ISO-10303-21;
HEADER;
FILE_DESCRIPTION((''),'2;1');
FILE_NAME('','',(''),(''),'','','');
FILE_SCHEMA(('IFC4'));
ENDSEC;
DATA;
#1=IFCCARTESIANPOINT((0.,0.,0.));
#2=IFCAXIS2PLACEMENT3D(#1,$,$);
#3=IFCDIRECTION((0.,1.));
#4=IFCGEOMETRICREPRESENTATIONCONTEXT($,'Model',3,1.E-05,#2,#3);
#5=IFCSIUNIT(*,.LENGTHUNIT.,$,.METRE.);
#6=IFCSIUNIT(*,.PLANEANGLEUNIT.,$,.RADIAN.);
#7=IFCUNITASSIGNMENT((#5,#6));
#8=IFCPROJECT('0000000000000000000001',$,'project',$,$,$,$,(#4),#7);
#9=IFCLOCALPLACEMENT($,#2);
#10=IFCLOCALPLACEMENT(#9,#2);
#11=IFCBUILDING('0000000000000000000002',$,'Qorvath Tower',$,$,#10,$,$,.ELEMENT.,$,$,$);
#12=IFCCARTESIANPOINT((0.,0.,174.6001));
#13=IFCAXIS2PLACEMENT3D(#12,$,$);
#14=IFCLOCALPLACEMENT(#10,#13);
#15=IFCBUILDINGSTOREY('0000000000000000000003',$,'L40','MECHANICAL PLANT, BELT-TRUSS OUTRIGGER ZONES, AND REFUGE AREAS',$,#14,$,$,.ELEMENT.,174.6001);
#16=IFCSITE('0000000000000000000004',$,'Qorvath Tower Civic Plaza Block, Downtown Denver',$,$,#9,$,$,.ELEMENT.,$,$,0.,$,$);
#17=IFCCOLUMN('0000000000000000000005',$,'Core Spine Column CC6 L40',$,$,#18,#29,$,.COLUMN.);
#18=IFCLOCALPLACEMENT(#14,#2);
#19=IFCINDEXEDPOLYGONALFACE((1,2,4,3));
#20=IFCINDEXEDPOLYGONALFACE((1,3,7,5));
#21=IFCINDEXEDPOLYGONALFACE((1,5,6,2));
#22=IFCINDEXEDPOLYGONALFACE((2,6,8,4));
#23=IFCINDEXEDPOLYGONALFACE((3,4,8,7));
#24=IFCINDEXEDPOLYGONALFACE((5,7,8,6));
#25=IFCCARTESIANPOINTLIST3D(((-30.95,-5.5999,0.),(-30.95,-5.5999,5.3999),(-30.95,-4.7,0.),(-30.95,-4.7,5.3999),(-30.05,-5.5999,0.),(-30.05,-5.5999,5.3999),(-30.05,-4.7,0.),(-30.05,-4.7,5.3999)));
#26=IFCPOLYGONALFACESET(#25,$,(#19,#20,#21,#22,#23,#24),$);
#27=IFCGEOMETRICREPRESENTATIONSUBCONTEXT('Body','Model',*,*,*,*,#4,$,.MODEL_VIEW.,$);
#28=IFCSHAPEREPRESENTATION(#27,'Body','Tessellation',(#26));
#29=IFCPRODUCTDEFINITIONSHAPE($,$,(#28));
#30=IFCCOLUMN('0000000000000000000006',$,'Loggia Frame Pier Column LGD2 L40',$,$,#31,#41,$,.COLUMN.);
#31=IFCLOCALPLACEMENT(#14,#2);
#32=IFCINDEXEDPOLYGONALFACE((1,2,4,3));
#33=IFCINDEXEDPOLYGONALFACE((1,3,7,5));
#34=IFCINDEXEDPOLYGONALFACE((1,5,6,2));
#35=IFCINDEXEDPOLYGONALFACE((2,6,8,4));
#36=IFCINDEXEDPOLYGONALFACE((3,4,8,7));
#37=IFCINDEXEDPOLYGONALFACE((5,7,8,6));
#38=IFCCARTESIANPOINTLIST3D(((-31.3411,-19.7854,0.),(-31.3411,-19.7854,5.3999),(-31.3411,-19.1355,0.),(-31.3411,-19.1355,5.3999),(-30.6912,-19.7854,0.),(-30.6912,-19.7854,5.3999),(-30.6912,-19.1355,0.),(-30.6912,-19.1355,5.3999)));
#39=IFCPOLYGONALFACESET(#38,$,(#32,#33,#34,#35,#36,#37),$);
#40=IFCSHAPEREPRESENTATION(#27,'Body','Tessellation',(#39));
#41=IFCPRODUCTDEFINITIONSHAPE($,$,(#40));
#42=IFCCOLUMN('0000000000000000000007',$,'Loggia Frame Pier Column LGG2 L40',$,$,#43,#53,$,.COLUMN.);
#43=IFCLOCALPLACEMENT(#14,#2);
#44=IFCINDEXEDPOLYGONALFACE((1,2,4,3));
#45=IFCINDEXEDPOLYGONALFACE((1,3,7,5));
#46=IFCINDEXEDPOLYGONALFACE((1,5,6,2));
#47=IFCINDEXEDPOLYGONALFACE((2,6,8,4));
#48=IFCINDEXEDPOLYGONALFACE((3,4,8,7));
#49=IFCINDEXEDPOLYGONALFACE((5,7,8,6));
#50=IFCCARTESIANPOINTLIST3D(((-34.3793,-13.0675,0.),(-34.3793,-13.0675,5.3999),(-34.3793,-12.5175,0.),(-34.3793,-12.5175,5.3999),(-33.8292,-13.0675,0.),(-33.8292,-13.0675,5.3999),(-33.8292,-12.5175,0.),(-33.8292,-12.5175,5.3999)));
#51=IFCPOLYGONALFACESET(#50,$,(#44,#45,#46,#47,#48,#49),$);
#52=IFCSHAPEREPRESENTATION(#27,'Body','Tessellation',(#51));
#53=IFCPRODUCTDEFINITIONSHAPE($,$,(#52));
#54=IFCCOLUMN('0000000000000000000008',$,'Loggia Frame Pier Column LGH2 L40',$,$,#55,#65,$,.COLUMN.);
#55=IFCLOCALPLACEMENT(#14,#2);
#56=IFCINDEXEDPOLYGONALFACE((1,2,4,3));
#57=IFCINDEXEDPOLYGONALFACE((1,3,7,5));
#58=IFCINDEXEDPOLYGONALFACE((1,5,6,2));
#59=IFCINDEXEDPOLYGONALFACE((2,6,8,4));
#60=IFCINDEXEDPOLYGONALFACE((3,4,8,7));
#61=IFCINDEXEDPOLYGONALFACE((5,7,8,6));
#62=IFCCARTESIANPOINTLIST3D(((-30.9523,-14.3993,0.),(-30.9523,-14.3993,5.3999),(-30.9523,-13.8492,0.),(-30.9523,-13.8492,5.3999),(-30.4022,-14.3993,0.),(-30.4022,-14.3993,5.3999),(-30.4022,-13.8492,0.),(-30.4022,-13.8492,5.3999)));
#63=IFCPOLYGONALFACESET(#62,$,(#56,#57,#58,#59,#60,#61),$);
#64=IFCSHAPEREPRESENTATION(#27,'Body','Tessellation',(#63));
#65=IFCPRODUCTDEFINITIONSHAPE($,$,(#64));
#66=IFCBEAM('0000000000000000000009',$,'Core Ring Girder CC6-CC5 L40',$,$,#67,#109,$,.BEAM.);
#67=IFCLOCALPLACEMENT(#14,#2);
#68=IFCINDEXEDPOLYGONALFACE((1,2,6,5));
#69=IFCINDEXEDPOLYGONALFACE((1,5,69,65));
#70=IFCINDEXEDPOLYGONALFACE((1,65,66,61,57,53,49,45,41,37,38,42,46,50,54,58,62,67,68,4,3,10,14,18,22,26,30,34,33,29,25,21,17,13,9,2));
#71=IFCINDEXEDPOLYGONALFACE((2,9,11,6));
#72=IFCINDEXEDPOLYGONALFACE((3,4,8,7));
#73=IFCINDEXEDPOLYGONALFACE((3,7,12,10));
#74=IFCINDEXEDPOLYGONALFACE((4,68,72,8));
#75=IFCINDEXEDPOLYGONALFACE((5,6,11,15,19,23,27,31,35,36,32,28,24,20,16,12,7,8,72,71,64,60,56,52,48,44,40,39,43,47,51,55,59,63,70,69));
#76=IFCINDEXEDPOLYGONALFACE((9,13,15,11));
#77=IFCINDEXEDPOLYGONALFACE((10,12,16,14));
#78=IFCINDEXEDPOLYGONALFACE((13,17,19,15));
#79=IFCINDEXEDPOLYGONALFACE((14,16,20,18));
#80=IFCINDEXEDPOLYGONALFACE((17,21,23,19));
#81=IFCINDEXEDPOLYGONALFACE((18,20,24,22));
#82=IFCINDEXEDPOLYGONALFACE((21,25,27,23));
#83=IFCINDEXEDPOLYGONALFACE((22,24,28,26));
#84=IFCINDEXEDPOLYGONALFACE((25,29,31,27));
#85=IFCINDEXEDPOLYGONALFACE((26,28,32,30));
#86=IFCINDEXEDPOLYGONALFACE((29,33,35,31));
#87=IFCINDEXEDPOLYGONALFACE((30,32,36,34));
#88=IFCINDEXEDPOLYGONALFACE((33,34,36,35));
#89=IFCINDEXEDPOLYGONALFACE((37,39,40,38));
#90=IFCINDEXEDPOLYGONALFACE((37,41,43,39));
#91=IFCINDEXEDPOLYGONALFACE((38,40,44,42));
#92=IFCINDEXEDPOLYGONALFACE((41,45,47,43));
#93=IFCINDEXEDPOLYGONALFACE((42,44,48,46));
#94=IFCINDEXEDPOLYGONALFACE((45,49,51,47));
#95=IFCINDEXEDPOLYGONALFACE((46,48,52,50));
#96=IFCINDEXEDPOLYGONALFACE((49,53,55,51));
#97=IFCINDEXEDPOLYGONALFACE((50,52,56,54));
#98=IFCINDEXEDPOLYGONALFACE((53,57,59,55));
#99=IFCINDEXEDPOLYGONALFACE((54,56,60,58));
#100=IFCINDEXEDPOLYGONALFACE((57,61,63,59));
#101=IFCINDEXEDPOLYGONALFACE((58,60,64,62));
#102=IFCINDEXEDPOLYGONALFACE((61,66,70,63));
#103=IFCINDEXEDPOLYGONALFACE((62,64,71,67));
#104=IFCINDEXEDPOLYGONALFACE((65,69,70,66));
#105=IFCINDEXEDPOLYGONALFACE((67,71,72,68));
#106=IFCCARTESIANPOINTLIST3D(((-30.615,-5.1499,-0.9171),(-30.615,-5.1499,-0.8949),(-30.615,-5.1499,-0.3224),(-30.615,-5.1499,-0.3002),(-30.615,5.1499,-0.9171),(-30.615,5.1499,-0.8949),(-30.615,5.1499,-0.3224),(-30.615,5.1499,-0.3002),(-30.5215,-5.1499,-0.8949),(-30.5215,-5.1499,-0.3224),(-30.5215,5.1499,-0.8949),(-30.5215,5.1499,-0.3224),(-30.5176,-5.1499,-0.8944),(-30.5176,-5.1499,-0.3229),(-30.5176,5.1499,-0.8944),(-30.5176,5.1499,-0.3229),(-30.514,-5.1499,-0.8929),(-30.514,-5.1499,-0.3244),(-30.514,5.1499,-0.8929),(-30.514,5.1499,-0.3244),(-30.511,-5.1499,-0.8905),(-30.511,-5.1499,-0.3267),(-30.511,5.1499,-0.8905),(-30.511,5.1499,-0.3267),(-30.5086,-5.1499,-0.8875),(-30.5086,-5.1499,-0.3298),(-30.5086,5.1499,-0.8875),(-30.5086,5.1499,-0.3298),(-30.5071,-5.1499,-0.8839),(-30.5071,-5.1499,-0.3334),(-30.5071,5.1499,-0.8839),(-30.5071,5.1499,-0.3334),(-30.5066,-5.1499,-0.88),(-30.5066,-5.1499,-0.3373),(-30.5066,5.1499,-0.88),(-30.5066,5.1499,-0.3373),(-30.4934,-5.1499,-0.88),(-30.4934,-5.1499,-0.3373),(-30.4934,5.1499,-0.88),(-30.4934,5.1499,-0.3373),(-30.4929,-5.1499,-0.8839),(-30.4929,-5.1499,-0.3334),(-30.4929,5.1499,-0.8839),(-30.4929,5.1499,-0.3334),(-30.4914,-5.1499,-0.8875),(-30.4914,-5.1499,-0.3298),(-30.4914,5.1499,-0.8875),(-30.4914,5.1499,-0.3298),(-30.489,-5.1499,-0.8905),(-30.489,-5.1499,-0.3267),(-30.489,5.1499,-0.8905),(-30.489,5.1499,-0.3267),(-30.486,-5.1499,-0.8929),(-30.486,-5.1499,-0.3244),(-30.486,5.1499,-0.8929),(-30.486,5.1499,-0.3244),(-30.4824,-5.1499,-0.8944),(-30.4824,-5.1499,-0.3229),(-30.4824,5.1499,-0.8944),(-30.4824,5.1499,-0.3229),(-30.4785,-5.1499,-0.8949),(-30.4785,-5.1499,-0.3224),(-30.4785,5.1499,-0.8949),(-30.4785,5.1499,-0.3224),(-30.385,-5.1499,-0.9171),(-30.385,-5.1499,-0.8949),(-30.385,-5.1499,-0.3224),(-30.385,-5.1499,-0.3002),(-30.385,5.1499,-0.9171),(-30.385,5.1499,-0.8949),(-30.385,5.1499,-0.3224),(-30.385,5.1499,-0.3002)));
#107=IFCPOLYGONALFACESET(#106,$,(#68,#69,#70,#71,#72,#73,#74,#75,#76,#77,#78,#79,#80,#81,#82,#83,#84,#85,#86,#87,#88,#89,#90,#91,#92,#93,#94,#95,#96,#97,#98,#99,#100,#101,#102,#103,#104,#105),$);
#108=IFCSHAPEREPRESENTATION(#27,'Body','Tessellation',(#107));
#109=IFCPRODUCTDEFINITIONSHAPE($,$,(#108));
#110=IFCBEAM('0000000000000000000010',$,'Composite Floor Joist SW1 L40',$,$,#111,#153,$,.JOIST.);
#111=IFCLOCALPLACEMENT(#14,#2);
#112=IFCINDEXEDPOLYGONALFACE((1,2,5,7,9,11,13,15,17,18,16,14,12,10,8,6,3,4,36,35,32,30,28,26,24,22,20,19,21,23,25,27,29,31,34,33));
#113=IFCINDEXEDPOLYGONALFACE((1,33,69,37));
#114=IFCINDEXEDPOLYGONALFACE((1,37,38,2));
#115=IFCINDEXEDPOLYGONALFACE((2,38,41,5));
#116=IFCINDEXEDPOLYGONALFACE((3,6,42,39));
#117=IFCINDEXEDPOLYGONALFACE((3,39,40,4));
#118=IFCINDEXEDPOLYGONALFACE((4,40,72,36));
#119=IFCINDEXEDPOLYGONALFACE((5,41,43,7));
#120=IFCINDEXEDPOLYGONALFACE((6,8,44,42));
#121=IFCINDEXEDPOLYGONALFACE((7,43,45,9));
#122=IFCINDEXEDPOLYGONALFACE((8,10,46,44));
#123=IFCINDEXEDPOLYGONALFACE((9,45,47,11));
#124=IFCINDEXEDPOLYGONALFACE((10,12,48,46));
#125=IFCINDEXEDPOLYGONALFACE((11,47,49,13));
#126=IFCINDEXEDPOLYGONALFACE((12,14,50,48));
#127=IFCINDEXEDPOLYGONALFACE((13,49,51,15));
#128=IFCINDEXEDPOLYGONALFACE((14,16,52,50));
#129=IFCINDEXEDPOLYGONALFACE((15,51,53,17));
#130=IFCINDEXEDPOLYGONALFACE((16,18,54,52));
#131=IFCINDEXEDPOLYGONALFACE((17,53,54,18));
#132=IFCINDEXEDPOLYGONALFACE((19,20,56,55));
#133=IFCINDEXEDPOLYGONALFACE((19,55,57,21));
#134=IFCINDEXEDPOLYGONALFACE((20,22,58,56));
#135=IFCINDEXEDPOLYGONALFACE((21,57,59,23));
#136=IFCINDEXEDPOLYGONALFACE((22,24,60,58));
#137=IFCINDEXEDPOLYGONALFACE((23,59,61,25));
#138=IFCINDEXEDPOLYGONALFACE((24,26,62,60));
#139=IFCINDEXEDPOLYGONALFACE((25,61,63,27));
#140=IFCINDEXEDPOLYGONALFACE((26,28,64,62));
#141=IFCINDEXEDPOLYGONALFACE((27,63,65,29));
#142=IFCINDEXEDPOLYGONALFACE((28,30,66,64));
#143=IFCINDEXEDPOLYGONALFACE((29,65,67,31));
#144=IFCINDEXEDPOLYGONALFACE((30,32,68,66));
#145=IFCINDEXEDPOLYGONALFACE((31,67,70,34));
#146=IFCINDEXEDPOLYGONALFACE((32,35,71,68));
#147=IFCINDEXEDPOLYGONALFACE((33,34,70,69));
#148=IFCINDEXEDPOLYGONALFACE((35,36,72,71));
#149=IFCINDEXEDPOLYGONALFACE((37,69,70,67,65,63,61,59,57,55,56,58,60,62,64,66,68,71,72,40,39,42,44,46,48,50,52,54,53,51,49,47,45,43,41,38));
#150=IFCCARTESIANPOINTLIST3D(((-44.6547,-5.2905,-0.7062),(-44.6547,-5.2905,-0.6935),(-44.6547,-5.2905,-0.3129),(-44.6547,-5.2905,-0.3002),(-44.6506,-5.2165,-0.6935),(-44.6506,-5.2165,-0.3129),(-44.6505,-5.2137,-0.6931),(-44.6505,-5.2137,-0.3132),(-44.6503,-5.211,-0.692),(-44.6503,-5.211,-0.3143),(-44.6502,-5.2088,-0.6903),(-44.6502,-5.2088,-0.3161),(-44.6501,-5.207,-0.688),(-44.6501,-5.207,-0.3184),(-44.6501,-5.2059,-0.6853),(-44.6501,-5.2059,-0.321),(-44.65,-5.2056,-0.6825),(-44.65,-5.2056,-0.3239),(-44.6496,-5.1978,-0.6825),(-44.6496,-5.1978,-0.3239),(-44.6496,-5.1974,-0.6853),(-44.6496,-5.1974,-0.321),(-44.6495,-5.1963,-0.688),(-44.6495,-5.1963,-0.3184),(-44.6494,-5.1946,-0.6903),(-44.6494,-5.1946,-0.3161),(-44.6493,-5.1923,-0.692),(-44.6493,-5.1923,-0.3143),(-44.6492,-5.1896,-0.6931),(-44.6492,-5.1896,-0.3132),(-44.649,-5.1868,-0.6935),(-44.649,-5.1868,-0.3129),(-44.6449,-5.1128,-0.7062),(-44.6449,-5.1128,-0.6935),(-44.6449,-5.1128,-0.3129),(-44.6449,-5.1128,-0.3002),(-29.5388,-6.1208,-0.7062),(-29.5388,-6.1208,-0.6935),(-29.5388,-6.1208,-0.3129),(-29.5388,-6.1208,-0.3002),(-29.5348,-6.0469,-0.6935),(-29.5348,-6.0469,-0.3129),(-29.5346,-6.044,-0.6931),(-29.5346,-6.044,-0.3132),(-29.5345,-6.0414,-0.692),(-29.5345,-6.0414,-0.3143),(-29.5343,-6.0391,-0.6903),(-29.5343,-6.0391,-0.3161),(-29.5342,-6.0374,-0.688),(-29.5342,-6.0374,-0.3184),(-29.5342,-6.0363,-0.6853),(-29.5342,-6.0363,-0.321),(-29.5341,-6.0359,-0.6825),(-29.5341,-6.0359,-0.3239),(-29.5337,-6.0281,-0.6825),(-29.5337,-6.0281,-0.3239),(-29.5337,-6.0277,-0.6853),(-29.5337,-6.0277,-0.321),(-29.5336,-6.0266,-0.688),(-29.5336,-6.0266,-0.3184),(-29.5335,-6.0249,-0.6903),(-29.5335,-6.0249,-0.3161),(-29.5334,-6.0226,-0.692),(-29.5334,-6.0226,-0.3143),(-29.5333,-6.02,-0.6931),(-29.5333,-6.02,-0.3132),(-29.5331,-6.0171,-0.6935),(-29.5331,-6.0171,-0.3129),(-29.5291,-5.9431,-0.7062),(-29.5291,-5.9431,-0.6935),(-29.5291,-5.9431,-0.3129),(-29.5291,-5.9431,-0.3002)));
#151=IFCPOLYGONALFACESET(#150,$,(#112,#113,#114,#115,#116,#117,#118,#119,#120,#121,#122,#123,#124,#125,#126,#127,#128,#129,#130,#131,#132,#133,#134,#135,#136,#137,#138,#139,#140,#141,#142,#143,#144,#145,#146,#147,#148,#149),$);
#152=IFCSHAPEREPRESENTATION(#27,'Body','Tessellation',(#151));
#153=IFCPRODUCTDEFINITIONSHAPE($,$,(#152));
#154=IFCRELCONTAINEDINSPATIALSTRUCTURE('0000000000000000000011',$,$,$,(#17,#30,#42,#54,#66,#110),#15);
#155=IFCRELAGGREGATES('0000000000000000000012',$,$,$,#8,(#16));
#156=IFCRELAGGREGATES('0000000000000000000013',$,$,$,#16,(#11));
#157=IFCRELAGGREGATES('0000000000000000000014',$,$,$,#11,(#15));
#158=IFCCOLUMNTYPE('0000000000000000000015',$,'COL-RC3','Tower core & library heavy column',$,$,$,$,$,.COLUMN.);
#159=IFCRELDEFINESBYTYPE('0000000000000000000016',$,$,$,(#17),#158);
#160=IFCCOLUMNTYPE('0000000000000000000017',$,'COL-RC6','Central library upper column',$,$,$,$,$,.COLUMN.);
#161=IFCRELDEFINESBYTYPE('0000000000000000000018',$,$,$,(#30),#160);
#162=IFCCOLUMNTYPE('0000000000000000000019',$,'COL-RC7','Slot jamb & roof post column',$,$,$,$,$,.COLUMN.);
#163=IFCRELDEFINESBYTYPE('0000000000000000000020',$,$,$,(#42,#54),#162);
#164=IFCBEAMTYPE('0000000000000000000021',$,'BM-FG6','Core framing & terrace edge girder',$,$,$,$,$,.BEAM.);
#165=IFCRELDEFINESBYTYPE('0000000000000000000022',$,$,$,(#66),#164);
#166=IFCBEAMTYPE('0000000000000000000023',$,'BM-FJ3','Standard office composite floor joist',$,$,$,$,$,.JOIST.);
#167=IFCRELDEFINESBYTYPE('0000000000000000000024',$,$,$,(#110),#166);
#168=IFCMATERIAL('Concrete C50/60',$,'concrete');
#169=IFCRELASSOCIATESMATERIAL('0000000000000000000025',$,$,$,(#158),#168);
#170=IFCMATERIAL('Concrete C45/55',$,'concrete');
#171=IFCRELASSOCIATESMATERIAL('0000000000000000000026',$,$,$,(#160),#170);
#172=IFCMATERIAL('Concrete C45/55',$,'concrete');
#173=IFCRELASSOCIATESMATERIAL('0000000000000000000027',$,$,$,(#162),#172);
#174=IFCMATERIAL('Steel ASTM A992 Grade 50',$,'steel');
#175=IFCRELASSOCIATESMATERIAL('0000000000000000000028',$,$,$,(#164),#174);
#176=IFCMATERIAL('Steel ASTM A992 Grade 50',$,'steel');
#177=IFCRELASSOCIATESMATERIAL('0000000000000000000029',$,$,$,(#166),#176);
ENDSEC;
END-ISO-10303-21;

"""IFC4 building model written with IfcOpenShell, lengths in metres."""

from ifc_helpers import new_model, si_unit, direction, frame, origin, origin_2d, place, context, subcontext, project, spatial, rectangle, i_section, extrude, material, material_profile, profile_set, type_object, element, save


model = new_model("IFC4")

# Units and contexts
model_context = context("Model", 3, precision=1e-05, world=origin(), true_north=direction((0.0, 1.0)))
body_context = subcontext(model_context, "Body", "Model", "MODEL_VIEW")
ifc_project = project(units=[si_unit("LENGTHUNIT", "METRE"), si_unit("PLANEANGLEUNIT", "RADIAN")], contexts=[model_context])

# Site, building, storey
site_placement = place(None, origin())
site = spatial("IfcSite", under=ifc_project, at=site_placement, Name="Qorvath Tower Civic Plaza Block, Downtown Denver", CompositionType="ELEMENT", RefElevation=0.0)
building_placement = place(site_placement, origin())
building = spatial("IfcBuilding", under=site, at=building_placement, Name="Qorvath Tower", CompositionType="ELEMENT")
storey_placement = place(building_placement, frame((0.0, 0.0, 174.6001)))
storey = spatial("IfcBuildingStorey", under=building, at=storey_placement, Name="L40", Description="MECHANICAL PLANT, BELT-TRUSS OUTRIGGER ZONES, AND REFUGE AREAS", CompositionType="ELEMENT", Elevation=174.6001)

# Columns
ifc_material_1 = material(Name="Concrete C50/60", Category="concrete")
ifc_material_profile_1 = material_profile(ifc_material_1, rectangle(XDim=0.8999, YDim=0.8999, at=origin_2d()), Name="RC 900x900")
ifc_profile_set_1 = profile_set([ifc_material_profile_1], Name="Concrete C50/60")
column_type_1 = type_object("IfcColumnType", Name="COL-RC3", Description="Tower core & library heavy column", PredefinedType="COLUMN", material=ifc_profile_set_1)
column_1_placement = place(storey_placement, frame((-30.5, -5.1499, 0.0), z_axis=(0.0, 0.0, 1.0), x_axis=(1.0, 0.0, 0.0)))
element("IfcColumn", 1, at=column_1_placement, inside=storey, type_object=column_type_1, Name="Core Spine Column CC6 L40", PredefinedType="COLUMN", context=body_context, shape_type="SweptSolid", body=[
    extrude(rectangle(XDim=0.8999, YDim=0.8999, at=origin_2d()), origin(), (0.0, 0.0, 1.0), 5.3999),
])
ifc_material_2 = material(Name="Concrete C45/55", Category="concrete")
ifc_material_profile_2 = material_profile(ifc_material_2, rectangle(XDim=0.6499, YDim=0.6499, at=origin_2d()), Name="RC 650x650")
ifc_profile_set_2 = profile_set([ifc_material_profile_2], Name="Concrete C45/55")
column_type_2 = type_object("IfcColumnType", Name="COL-RC6", Description="Central library upper column", PredefinedType="COLUMN", material=ifc_profile_set_2)
column_2_placement = place(storey_placement, frame((-31.0161, -19.4604, 0.0), z_axis=(0.0, 0.0, 1.0), x_axis=(1.0, 0.0, 0.0)))
element("IfcColumn", 2, at=column_2_placement, inside=storey, type_object=column_type_2, Name="Loggia Frame Pier Column LGD2 L40", PredefinedType="COLUMN", context=body_context, shape_type="SweptSolid", body=[
    extrude(rectangle(XDim=0.6499, YDim=0.6499, at=origin_2d()), origin(), (0.0, 0.0, 1.0), 5.3999),
])
ifc_material_3 = material(Name="Concrete C45/55", Category="concrete")
ifc_material_profile_3 = material_profile(ifc_material_3, rectangle(XDim=0.55, YDim=0.55, at=origin_2d()), Name="RC 550x550")
ifc_profile_set_3 = profile_set([ifc_material_profile_3], Name="Concrete C45/55")
column_type_3 = type_object("IfcColumnType", Name="COL-RC7", Description="Slot jamb & roof post column", PredefinedType="COLUMN", material=ifc_profile_set_3)
for number, where, z_axis, x_axis, name in (
    (3, (-34.1042, -12.7925, 0.0), (0.0, 0.0, 1.0), (1.0, 0.0, 0.0), "Loggia Frame Pier Column LGG2 L40"),
    (4, (-30.6772, -14.1243, 0.0), (0.0, 0.0, 1.0), (1.0, 0.0, 0.0), "Loggia Frame Pier Column LGH2 L40"),
):
    element("IfcColumn", number, at=place(storey_placement, frame(where, z_axis=z_axis, x_axis=x_axis)), inside=storey, type_object=column_type_3, Name=name, PredefinedType="COLUMN", context=body_context, shape_type="SweptSolid", body=[
        extrude(rectangle(XDim=0.55, YDim=0.55, at=origin_2d()), origin(), (0.0, 0.0, 1.0), 5.3999),
    ])

# Beams
ifc_material_4 = material(Name="Steel ASTM A992 Grade 50", Category="steel")
ifc_material_profile_4 = material_profile(ifc_material_4, i_section(OverallWidth=0.23, OverallDepth=0.6169, WebThickness=0.0132, FlangeThickness=0.0222, FilletRadius=0.0149, at=origin_2d()), Name="W24x94")
ifc_profile_set_4 = profile_set([ifc_material_profile_4], Name="Steel ASTM A992 Grade 50")
beam_type_1 = type_object("IfcBeamType", Name="BM-FG6", Description="Core framing & terrace edge girder", PredefinedType="BEAM", material=ifc_profile_set_4)
beam_1_placement = place(storey_placement, frame((-30.5, -5.1499, -0.6086), z_axis=(0.0, 1.0, 0.0), x_axis=(-1.0, 0.0, 0.0)))
element("IfcBeam", 5, at=beam_1_placement, inside=storey, type_object=beam_type_1, Name="Core Ring Girder CC6-CC5 L40", PredefinedType="BEAM", context=body_context, shape_type="SweptSolid", body=[
    extrude(i_section(OverallWidth=0.23, OverallDepth=0.6169, WebThickness=0.0132, FlangeThickness=0.0222, FilletRadius=0.0149, at=origin_2d()), origin(), (0.0, 0.0, 1.0), 10.2998),
])
ifc_material_5 = material(Name="Steel ASTM A992 Grade 50", Category="steel")
ifc_material_profile_5 = material_profile(ifc_material_5, i_section(OverallWidth=0.178, OverallDepth=0.406, WebThickness=0.0078, FlangeThickness=0.0127, FilletRadius=0.011, at=origin_2d()), Name="W16x40")
ifc_profile_set_5 = profile_set([ifc_material_profile_5], Name="Steel ASTM A992 Grade 50")
beam_type_2 = type_object("IfcBeamType", Name="BM-FJ3", Description="Standard office composite floor joist", PredefinedType="JOIST", material=ifc_profile_set_5)
beam_2_placement = place(storey_placement, frame((-29.5339, -6.032, -0.5032), z_axis=(-0.998495, 0.054847, 0.0), x_axis=(-0.054847, -0.998495, 0.0)))
element("IfcBeam", 6, at=beam_2_placement, inside=storey, type_object=beam_type_2, Name="Composite Floor Joist SW1 L40", PredefinedType="JOIST", context=body_context, shape_type="SweptSolid", body=[
    extrude(i_section(OverallWidth=0.178, OverallDepth=0.406, WebThickness=0.0078, FlangeThickness=0.0127, FilletRadius=0.011, at=origin_2d()), origin(), (0.0, 0.0, 1.0), 15.1387),
])

save(model, "model.ifc")
